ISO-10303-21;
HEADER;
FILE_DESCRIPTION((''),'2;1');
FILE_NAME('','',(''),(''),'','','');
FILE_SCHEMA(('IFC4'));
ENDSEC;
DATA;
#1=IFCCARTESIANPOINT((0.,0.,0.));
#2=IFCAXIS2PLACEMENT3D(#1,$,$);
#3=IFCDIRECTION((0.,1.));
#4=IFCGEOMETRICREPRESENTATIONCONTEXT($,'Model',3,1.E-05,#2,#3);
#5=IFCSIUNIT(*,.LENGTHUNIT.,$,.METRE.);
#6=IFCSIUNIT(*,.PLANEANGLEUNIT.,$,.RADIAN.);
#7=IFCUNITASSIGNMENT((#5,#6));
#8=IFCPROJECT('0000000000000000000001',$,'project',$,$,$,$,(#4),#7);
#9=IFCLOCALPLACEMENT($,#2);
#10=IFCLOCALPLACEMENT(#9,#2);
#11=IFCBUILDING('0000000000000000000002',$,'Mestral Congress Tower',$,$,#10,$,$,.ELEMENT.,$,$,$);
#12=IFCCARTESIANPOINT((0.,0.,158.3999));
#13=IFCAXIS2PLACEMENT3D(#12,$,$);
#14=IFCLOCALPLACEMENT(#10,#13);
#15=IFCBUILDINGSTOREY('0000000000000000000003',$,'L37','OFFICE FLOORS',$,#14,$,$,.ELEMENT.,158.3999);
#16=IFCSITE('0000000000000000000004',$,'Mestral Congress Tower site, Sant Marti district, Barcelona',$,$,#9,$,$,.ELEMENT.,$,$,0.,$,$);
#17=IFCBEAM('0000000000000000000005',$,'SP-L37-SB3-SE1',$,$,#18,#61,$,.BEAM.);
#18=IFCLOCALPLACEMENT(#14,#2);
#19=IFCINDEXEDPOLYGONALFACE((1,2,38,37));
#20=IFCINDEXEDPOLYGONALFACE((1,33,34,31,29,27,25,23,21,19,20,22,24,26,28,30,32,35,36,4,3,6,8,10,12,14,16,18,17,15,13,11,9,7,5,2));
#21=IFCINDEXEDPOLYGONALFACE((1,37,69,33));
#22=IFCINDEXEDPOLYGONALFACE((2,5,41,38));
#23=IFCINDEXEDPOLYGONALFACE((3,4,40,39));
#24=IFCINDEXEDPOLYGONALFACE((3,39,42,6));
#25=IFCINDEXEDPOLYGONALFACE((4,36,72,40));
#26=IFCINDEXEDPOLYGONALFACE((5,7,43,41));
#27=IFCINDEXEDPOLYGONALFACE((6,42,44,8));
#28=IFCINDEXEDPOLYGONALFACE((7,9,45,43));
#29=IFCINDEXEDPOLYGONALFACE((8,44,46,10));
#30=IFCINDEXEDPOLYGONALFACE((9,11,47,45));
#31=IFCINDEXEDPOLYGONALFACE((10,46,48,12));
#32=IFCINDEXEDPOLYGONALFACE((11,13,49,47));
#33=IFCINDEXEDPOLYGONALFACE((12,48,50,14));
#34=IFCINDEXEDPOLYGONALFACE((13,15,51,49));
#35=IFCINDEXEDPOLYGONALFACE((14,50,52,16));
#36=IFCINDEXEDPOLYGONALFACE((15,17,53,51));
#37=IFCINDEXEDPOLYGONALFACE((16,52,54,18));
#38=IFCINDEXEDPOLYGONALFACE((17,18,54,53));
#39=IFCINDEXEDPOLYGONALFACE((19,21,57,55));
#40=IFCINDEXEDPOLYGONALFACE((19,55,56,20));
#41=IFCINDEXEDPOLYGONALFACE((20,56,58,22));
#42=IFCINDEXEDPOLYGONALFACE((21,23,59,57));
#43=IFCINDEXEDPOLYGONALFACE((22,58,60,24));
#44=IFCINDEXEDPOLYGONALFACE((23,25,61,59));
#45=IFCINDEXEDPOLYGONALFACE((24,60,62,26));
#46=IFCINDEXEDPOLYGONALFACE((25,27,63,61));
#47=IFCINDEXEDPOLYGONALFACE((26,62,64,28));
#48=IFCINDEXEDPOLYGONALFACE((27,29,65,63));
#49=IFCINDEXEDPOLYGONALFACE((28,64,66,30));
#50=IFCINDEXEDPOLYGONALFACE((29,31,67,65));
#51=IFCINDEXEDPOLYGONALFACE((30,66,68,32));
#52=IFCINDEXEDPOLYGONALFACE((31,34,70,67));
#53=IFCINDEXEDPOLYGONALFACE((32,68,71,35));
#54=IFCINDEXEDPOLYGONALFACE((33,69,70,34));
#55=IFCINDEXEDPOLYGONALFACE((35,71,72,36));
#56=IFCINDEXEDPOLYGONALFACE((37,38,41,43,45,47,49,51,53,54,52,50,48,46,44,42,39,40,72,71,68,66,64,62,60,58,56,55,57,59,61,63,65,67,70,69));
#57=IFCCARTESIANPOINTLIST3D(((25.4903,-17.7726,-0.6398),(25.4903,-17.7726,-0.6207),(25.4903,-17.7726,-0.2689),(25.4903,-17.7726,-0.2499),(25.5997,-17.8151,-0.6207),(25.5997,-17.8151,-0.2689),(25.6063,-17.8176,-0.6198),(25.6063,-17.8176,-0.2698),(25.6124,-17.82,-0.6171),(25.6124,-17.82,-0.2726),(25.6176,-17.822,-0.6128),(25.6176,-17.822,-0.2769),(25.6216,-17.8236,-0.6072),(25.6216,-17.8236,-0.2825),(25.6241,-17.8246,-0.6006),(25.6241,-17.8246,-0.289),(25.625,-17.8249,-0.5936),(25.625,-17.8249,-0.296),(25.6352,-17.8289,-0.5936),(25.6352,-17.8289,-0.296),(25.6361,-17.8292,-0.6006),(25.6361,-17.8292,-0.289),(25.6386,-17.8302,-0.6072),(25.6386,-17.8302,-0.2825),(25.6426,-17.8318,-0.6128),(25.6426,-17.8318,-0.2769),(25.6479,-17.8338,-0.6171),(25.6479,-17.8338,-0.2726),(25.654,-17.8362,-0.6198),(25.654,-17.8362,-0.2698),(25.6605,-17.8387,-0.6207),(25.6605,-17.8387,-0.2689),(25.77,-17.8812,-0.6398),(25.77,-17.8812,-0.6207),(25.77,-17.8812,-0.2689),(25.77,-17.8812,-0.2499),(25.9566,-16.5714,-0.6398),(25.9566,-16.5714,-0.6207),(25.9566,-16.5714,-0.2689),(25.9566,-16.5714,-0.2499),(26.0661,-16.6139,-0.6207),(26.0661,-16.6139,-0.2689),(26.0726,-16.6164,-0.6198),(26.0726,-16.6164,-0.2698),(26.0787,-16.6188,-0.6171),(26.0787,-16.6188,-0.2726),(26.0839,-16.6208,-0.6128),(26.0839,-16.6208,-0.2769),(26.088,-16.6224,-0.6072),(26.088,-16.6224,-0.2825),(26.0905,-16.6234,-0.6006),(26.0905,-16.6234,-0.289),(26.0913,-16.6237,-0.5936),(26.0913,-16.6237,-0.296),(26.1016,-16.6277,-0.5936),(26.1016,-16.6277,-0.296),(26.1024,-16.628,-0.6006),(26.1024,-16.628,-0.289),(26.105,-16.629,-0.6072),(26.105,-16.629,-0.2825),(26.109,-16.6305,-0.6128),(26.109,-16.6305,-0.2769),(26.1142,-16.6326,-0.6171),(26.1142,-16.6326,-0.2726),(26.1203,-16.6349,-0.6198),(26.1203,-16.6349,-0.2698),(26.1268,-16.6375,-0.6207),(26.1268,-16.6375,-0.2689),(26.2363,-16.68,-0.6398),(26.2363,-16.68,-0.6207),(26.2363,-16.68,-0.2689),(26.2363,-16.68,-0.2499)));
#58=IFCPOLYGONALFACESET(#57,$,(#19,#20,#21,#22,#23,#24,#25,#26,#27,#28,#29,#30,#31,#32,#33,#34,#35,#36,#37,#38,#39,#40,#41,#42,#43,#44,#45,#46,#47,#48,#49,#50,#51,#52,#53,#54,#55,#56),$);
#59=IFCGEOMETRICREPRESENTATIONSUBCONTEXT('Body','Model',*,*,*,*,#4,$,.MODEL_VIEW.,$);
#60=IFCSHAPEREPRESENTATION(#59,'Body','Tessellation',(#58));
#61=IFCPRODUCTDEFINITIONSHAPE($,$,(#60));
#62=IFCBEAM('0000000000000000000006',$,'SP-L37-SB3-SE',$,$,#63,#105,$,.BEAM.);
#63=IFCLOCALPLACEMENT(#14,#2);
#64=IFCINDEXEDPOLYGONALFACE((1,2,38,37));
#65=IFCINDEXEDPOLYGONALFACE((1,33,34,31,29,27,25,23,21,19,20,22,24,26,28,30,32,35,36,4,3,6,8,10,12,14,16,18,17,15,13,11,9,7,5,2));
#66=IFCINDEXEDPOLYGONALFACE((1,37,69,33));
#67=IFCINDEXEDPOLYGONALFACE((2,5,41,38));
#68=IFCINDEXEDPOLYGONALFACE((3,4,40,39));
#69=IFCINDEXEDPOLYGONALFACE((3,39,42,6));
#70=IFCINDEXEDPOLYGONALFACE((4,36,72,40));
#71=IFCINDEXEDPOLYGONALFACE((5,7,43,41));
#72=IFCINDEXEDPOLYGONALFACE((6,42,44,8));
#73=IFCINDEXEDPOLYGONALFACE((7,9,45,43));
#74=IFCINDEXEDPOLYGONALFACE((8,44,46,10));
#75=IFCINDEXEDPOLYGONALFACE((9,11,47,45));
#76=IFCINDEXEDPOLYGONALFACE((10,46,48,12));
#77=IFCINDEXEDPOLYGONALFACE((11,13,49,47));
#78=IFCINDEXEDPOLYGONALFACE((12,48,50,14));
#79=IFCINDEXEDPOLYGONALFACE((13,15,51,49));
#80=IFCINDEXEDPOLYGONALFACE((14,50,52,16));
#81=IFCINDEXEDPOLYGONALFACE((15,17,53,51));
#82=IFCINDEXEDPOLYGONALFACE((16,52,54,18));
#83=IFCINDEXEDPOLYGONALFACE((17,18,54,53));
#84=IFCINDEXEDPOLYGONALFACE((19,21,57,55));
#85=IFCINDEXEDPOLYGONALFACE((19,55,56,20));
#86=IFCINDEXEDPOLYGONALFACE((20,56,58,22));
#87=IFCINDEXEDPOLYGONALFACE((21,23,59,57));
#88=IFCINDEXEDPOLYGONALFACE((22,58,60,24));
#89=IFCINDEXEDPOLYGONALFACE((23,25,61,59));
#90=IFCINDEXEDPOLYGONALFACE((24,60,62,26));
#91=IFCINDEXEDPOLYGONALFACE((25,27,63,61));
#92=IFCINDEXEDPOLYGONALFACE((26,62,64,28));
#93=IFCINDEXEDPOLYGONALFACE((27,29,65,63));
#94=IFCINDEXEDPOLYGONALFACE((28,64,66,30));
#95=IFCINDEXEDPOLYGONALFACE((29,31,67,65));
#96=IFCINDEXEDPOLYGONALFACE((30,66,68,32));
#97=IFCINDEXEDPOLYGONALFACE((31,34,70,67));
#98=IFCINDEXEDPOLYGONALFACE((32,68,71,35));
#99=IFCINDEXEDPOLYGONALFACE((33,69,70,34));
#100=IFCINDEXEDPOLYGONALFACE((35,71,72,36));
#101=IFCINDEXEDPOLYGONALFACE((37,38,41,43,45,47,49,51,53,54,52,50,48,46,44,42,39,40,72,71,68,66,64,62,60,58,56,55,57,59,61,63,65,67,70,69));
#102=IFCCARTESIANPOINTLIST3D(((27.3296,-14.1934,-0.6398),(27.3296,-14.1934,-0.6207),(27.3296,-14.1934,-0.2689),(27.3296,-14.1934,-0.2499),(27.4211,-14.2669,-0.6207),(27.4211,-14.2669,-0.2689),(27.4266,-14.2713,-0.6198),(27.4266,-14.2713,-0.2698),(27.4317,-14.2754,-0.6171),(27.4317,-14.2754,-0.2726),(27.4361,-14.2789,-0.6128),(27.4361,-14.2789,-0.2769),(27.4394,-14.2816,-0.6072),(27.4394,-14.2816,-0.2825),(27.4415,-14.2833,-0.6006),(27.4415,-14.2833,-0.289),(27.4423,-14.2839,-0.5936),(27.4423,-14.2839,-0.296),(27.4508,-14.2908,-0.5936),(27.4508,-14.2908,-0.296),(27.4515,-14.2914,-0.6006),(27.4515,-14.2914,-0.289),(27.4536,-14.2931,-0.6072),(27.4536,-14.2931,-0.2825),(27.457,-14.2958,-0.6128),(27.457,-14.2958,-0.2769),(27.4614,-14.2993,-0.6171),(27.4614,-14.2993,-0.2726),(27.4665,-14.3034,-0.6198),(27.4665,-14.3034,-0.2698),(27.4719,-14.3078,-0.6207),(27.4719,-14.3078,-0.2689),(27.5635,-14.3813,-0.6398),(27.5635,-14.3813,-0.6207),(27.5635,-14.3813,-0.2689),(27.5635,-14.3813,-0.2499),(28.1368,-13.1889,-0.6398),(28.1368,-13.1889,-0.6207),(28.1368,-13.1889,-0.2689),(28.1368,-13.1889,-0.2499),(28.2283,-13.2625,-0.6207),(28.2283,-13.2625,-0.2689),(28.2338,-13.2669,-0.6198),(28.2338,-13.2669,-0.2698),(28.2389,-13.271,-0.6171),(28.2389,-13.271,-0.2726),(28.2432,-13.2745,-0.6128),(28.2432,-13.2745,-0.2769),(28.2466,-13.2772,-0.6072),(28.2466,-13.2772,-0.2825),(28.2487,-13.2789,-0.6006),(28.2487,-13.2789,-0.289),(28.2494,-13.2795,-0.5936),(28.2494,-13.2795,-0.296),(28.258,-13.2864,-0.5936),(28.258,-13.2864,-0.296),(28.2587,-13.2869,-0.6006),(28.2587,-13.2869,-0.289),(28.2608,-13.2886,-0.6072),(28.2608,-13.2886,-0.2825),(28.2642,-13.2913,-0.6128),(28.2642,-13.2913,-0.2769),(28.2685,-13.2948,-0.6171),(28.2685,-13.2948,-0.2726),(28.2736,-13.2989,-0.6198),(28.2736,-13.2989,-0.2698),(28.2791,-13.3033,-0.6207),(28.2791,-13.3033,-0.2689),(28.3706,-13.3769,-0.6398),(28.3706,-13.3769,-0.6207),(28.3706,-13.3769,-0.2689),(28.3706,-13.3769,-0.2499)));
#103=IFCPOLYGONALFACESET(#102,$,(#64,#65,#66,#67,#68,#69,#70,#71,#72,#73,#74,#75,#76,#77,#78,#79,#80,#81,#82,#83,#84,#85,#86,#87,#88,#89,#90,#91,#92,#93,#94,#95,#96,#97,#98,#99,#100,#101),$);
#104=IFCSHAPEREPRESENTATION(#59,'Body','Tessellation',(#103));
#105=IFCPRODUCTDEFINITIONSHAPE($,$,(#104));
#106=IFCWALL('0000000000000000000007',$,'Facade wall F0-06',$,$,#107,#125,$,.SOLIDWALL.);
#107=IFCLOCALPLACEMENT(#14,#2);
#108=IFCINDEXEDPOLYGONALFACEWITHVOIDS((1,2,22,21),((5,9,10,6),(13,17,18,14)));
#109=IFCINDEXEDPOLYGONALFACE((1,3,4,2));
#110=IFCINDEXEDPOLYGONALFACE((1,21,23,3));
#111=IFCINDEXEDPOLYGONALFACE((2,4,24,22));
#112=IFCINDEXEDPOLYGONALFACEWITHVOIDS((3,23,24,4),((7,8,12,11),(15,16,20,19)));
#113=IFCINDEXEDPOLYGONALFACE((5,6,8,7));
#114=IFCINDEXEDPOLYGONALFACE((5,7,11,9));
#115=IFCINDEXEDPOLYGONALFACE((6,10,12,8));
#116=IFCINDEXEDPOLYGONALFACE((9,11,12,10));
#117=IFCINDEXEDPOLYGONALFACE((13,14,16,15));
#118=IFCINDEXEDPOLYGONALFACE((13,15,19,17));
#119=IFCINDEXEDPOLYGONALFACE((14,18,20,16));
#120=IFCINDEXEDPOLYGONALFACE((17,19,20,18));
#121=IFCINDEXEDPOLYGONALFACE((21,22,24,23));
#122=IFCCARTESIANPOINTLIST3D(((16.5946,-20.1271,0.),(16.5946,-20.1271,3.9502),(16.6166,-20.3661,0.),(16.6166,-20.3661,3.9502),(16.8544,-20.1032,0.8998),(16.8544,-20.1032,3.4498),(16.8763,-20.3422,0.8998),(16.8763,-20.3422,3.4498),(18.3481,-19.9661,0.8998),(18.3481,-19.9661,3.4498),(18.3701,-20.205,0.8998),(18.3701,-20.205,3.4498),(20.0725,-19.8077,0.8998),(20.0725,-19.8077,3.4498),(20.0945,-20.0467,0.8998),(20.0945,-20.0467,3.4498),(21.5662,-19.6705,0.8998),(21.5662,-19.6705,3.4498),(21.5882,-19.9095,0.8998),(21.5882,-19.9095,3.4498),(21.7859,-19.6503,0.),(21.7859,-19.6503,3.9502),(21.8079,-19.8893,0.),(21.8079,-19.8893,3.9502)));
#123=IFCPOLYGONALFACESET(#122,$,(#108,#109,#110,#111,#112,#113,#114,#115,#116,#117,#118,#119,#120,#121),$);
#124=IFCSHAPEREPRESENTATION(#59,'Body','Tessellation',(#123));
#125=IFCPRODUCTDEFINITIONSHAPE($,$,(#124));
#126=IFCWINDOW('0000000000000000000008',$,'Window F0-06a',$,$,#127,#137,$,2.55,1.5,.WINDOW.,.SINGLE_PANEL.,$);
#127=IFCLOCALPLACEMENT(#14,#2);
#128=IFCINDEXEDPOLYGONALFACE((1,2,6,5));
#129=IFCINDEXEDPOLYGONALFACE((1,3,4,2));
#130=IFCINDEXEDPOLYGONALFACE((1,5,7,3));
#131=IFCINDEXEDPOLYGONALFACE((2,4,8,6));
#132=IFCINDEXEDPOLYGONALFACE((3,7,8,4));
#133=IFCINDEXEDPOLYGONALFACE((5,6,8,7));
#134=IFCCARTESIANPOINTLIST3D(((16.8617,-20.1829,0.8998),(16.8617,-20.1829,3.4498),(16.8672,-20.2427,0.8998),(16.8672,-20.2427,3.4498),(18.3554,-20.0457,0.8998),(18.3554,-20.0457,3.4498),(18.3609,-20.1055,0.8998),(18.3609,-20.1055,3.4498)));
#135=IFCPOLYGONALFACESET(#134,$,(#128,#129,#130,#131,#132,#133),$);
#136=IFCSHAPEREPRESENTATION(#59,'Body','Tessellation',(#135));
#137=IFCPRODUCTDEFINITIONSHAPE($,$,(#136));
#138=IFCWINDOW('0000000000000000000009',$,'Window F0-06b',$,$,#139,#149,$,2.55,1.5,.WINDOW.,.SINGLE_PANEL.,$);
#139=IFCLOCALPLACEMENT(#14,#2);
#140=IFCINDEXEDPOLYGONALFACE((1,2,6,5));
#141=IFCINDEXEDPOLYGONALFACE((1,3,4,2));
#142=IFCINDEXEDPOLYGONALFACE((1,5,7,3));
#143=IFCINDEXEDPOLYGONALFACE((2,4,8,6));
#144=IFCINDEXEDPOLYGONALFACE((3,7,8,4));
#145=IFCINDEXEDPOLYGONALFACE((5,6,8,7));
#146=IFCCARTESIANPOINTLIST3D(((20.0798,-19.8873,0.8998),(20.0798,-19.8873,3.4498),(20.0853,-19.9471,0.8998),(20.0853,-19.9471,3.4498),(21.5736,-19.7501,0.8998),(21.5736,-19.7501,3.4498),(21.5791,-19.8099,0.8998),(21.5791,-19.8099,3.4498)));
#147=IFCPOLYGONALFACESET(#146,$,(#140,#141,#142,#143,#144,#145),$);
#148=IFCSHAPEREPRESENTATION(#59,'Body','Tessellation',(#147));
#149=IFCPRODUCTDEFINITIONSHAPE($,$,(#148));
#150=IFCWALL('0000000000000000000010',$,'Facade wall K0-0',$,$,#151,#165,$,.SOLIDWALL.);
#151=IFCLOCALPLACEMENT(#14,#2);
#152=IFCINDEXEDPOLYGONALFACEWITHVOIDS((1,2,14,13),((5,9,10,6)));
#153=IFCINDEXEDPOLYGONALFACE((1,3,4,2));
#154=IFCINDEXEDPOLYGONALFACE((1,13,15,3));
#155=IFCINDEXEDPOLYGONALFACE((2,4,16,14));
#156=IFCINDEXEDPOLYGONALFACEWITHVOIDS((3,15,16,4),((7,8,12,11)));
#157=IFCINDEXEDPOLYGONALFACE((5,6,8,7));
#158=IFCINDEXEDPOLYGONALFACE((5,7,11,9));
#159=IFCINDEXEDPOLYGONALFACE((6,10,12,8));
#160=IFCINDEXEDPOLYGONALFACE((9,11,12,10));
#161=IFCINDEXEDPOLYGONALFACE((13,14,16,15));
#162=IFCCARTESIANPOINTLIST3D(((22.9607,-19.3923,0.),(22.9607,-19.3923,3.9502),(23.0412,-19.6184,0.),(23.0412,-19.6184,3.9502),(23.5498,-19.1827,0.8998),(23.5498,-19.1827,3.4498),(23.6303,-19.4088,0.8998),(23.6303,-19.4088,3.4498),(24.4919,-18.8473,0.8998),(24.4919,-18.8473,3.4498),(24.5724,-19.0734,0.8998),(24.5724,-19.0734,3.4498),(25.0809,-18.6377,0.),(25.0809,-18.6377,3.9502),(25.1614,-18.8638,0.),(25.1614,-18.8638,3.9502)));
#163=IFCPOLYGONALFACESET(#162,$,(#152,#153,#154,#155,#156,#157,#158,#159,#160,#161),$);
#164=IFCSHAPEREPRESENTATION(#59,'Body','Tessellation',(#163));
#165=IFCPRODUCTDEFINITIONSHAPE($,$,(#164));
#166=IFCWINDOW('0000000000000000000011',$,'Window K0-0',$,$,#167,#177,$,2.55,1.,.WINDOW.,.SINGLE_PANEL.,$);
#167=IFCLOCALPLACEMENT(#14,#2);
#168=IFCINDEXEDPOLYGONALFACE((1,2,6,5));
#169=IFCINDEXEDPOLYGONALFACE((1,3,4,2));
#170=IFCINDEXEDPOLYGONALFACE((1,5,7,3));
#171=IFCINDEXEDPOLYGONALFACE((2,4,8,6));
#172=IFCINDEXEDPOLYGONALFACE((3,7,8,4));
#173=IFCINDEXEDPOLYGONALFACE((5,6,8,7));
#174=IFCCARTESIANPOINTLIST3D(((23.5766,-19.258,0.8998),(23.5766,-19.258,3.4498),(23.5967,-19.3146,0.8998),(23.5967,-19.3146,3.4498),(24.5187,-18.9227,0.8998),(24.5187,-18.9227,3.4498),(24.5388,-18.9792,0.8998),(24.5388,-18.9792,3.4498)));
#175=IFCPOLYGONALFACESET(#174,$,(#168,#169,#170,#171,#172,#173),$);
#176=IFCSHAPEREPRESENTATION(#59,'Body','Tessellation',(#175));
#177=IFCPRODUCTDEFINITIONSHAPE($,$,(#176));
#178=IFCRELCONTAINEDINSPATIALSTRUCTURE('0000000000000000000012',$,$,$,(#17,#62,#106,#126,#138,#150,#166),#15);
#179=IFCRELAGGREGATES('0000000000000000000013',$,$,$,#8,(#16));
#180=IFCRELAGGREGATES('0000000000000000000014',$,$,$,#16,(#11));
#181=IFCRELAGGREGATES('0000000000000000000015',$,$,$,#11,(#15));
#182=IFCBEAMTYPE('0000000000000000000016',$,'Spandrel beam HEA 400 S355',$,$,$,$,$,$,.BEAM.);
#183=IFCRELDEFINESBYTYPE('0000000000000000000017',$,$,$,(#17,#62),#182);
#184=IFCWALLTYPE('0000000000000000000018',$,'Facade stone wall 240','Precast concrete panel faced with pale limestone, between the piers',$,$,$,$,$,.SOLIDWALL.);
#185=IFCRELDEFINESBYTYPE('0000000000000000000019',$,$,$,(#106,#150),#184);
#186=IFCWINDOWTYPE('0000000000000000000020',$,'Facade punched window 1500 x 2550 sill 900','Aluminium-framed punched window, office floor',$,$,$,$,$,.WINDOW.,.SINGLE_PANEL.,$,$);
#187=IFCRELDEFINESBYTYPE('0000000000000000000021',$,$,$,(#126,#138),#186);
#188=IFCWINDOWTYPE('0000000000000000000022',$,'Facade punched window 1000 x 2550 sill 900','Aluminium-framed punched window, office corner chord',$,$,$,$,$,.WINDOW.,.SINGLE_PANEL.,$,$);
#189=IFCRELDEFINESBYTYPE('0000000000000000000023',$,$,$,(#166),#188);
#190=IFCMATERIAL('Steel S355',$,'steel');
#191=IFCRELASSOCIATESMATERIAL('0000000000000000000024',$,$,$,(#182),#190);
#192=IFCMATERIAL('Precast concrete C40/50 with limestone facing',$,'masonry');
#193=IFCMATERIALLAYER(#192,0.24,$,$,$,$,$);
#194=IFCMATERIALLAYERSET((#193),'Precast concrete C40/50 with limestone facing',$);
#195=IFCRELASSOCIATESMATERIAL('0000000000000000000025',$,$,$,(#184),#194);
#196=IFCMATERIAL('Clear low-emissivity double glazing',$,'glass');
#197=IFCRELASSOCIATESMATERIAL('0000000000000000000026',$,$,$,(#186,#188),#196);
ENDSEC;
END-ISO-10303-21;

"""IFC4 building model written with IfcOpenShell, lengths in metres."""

from ifc_helpers import new_model, si_unit, direction, frame, frame_2d, origin, origin_2d, place, context, subcontext, project, spatial, rectangle, i_section, extrude, material, layer, layer_set, material_profile, profile_set, type_object, element, fill, save


model = new_model("IFC4")

# Units and contexts
model_context = context("Model", 3, precision=1e-05, world=origin(), true_north=direction((0.0, 1.0)))
body_context = subcontext(model_context, "Body", "Model", "MODEL_VIEW")
ifc_project = project(units=[si_unit("LENGTHUNIT", "METRE"), si_unit("PLANEANGLEUNIT", "RADIAN")], contexts=[model_context])

# Site, building, storey
site_placement = place(None, origin())
site = spatial("IfcSite", under=ifc_project, at=site_placement, Name="Mestral Congress Tower site, Sant Marti district, Barcelona", CompositionType="ELEMENT", RefElevation=0.0)
building_placement = place(site_placement, origin())
building = spatial("IfcBuilding", under=site, at=building_placement, Name="Mestral Congress Tower", CompositionType="ELEMENT")
storey_placement = place(building_placement, frame((0.0, 0.0, 158.3999)))
storey = spatial("IfcBuildingStorey", under=building, at=storey_placement, Name="L37", Description="OFFICE FLOORS", CompositionType="ELEMENT", Elevation=158.3999)

# Beams
ifc_material_1 = material(Name="Steel S355", Category="steel")
ifc_material_profile_1 = material_profile(ifc_material_1, i_section(OverallWidth=0.3, OverallDepth=0.3899, WebThickness=0.011, FlangeThickness=0.019, FilletRadius=0.0271, at=origin_2d()), Name="HEA 400")
ifc_profile_set_1 = profile_set([ifc_material_profile_1], Name="Steel S355")
beam_type_1 = type_object("IfcBeamType", Name="Spandrel beam HEA 400 S355", PredefinedType="BEAM", material=ifc_profile_set_1)
for number, where, z_axis, x_axis, name in (
    (1, (25.6301, -17.8269, -0.4448), (0.361898, 0.932218, 0.0), (-0.932218, 0.361898, 0.0), "SP-L37-SB3-SE1"),
    (2, (27.4465, -14.2874, -0.4448), (0.626403, 0.779499, 0.0), (-0.779499, 0.626403, 0.0), "SP-L37-SB3-SE"),
):
    element("IfcBeam", number, at=place(storey_placement, frame(where, z_axis=z_axis, x_axis=x_axis)), inside=storey, type_object=beam_type_1, Name=name, PredefinedType="BEAM", context=body_context, shape_type="SweptSolid", body=[
        extrude(i_section(OverallWidth=0.3, OverallDepth=0.3899, WebThickness=0.011, FlangeThickness=0.019, FilletRadius=0.0271, at=origin_2d()), origin(), (0.0, 0.0, 1.0), 1.2886),
    ])

# Wall, openings, windows
ifc_material_2 = material(Name="Precast concrete C40/50 with limestone facing", Category="masonry")
ifc_layer_1 = layer(ifc_material_2, 0.24)
ifc_layer_set_1 = layer_set([ifc_layer_1], Name="Precast concrete C40/50 with limestone facing")
wall_type_1 = type_object("IfcWallType", Name="Facade stone wall 240", Description="Precast concrete panel faced with pale limestone, between the piers", PredefinedType="SOLIDWALL", material=ifc_layer_set_1)
wall_1_placement = place(storey_placement, frame((16.6057, -20.2466, 0.0), z_axis=(0.0, 0.0, 1.0), x_axis=(0.995809, 0.09146, 0.0)))
wall_1 = element("IfcWall", 3, at=wall_1_placement, inside=storey, type_object=wall_type_1, Name="Facade wall F0-06", PredefinedType="SOLIDWALL", context=body_context, shape_type="SweptSolid", body=[
    extrude(rectangle(XDim=5.2131, YDim=0.24, at=frame_2d((2.6064, 0.0))), origin(), (0.0, 0.0, 1.0), 3.9502),
])
opening_1_placement = place(wall_1_placement, frame((0.2607, 0.0, 0.8999)))
opening_1 = element("IfcOpeningElement", 4, at=opening_1_placement, cuts=wall_1, PredefinedType="OPENING", context=body_context, shape_type="SweptSolid", body=[
    extrude(rectangle(XDim=1.5, YDim=2.55, at=frame_2d((0.75, 1.2749))), frame((0.0, 0.1299, 0.0), z_axis=(0.0, -1.0, 0.0), x_axis=(1.0, 0.0, 0.0)), (0.0, 0.0, 1.0), 0.26),
])
opening_2_placement = place(wall_1_placement, frame((3.4924, 0.0, 0.8999)))
opening_2 = element("IfcOpeningElement", 5, at=opening_2_placement, cuts=wall_1, PredefinedType="OPENING", context=body_context, shape_type="SweptSolid", body=[
    extrude(rectangle(XDim=1.5, YDim=2.55, at=frame_2d((0.75, 1.2749))), frame((0.0, 0.1299, 0.0), z_axis=(0.0, -1.0, 0.0), x_axis=(1.0, 0.0, 0.0)), (0.0, 0.0, 1.0), 0.26),
])
ifc_material_3 = material(Name="Clear low-emissivity double glazing", Category="glass")
window_type_1 = type_object("IfcWindowType", Name="Facade punched window 1500 x 2550 sill 900", Description="Aluminium-framed punched window, office floor", PartitioningType="SINGLE_PANEL", PredefinedType="WINDOW", material=ifc_material_3)
window_1_placement = place(opening_1_placement, origin())
window_1 = element("IfcWindow", 6, at=window_1_placement, inside=storey, type_object=window_type_1, Name="Window F0-06a", OverallHeight=2.55, OverallWidth=1.5, PartitioningType="SINGLE_PANEL", PredefinedType="WINDOW", context=body_context, shape_type="SweptSolid", body=[
    extrude(rectangle(XDim=1.5, YDim=2.55, at=frame_2d((0.75, 1.2749))), frame((0.0, 0.04, 0.0), z_axis=(0.0, -1.0, 0.0), x_axis=(1.0, 0.0, 0.0)), (0.0, 0.0, 1.0), 0.0601),
])
fill(opening_1, window_1)
window_2_placement = place(opening_2_placement, origin())
window_2 = element("IfcWindow", 7, at=window_2_placement, inside=storey, type_object=window_type_1, Name="Window F0-06b", OverallHeight=2.55, OverallWidth=1.5, PartitioningType="SINGLE_PANEL", PredefinedType="WINDOW", context=body_context, shape_type="SweptSolid", body=[
    extrude(rectangle(XDim=1.5, YDim=2.55, at=frame_2d((0.75, 1.2749))), frame((0.0, 0.04, 0.0), z_axis=(0.0, -1.0, 0.0), x_axis=(1.0, 0.0, 0.0)), (0.0, 0.0, 1.0), 0.0601),
])
fill(opening_2, window_2)

# Wall, opening, window
wall_2_placement = place(storey_placement, frame((23.001, -19.5054, 0.0), z_axis=(0.0, 0.0, 1.0), x_axis=(0.9421, 0.335333, 0.0)))
wall_2 = element("IfcWall", 8, at=wall_2_placement, inside=storey, type_object=wall_type_1, Name="Facade wall K0-0", PredefinedType="SOLIDWALL", context=body_context, shape_type="SweptSolid", body=[
    extrude(rectangle(XDim=2.2505, YDim=0.24, at=frame_2d((1.1252, 0.0))), origin(), (0.0, 0.0, 1.0), 3.9502),
])
opening_3_placement = place(wall_2_placement, frame((0.6252, 0.0, 0.8999)))
opening_3 = element("IfcOpeningElement", 9, at=opening_3_placement, cuts=wall_2, PredefinedType="OPENING", context=body_context, shape_type="SweptSolid", body=[
    extrude(rectangle(XDim=1.0, YDim=2.55, at=frame_2d((0.5, 1.2749))), frame((0.0, 0.1299, 0.0), z_axis=(0.0, -1.0, 0.0), x_axis=(1.0, 0.0, 0.0)), (0.0, 0.0, 1.0), 0.26),
])
window_type_2 = type_object("IfcWindowType", Name="Facade punched window 1000 x 2550 sill 900", Description="Aluminium-framed punched window, office corner chord", PartitioningType="SINGLE_PANEL", PredefinedType="WINDOW", material=ifc_material_3)
window_3_placement = place(opening_3_placement, origin())
window_3 = element("IfcWindow", 10, at=window_3_placement, inside=storey, type_object=window_type_2, Name="Window K0-0", OverallHeight=2.55, OverallWidth=1.0, PartitioningType="SINGLE_PANEL", PredefinedType="WINDOW", context=body_context, shape_type="SweptSolid", body=[
    extrude(rectangle(XDim=1.0, YDim=2.55, at=frame_2d((0.5, 1.2749))), frame((0.0, 0.04, 0.0), z_axis=(0.0, -1.0, 0.0), x_axis=(1.0, 0.0, 0.0)), (0.0, 0.0, 1.0), 0.0601),
])
fill(opening_3, window_3)

save(model, "model.ifc")
